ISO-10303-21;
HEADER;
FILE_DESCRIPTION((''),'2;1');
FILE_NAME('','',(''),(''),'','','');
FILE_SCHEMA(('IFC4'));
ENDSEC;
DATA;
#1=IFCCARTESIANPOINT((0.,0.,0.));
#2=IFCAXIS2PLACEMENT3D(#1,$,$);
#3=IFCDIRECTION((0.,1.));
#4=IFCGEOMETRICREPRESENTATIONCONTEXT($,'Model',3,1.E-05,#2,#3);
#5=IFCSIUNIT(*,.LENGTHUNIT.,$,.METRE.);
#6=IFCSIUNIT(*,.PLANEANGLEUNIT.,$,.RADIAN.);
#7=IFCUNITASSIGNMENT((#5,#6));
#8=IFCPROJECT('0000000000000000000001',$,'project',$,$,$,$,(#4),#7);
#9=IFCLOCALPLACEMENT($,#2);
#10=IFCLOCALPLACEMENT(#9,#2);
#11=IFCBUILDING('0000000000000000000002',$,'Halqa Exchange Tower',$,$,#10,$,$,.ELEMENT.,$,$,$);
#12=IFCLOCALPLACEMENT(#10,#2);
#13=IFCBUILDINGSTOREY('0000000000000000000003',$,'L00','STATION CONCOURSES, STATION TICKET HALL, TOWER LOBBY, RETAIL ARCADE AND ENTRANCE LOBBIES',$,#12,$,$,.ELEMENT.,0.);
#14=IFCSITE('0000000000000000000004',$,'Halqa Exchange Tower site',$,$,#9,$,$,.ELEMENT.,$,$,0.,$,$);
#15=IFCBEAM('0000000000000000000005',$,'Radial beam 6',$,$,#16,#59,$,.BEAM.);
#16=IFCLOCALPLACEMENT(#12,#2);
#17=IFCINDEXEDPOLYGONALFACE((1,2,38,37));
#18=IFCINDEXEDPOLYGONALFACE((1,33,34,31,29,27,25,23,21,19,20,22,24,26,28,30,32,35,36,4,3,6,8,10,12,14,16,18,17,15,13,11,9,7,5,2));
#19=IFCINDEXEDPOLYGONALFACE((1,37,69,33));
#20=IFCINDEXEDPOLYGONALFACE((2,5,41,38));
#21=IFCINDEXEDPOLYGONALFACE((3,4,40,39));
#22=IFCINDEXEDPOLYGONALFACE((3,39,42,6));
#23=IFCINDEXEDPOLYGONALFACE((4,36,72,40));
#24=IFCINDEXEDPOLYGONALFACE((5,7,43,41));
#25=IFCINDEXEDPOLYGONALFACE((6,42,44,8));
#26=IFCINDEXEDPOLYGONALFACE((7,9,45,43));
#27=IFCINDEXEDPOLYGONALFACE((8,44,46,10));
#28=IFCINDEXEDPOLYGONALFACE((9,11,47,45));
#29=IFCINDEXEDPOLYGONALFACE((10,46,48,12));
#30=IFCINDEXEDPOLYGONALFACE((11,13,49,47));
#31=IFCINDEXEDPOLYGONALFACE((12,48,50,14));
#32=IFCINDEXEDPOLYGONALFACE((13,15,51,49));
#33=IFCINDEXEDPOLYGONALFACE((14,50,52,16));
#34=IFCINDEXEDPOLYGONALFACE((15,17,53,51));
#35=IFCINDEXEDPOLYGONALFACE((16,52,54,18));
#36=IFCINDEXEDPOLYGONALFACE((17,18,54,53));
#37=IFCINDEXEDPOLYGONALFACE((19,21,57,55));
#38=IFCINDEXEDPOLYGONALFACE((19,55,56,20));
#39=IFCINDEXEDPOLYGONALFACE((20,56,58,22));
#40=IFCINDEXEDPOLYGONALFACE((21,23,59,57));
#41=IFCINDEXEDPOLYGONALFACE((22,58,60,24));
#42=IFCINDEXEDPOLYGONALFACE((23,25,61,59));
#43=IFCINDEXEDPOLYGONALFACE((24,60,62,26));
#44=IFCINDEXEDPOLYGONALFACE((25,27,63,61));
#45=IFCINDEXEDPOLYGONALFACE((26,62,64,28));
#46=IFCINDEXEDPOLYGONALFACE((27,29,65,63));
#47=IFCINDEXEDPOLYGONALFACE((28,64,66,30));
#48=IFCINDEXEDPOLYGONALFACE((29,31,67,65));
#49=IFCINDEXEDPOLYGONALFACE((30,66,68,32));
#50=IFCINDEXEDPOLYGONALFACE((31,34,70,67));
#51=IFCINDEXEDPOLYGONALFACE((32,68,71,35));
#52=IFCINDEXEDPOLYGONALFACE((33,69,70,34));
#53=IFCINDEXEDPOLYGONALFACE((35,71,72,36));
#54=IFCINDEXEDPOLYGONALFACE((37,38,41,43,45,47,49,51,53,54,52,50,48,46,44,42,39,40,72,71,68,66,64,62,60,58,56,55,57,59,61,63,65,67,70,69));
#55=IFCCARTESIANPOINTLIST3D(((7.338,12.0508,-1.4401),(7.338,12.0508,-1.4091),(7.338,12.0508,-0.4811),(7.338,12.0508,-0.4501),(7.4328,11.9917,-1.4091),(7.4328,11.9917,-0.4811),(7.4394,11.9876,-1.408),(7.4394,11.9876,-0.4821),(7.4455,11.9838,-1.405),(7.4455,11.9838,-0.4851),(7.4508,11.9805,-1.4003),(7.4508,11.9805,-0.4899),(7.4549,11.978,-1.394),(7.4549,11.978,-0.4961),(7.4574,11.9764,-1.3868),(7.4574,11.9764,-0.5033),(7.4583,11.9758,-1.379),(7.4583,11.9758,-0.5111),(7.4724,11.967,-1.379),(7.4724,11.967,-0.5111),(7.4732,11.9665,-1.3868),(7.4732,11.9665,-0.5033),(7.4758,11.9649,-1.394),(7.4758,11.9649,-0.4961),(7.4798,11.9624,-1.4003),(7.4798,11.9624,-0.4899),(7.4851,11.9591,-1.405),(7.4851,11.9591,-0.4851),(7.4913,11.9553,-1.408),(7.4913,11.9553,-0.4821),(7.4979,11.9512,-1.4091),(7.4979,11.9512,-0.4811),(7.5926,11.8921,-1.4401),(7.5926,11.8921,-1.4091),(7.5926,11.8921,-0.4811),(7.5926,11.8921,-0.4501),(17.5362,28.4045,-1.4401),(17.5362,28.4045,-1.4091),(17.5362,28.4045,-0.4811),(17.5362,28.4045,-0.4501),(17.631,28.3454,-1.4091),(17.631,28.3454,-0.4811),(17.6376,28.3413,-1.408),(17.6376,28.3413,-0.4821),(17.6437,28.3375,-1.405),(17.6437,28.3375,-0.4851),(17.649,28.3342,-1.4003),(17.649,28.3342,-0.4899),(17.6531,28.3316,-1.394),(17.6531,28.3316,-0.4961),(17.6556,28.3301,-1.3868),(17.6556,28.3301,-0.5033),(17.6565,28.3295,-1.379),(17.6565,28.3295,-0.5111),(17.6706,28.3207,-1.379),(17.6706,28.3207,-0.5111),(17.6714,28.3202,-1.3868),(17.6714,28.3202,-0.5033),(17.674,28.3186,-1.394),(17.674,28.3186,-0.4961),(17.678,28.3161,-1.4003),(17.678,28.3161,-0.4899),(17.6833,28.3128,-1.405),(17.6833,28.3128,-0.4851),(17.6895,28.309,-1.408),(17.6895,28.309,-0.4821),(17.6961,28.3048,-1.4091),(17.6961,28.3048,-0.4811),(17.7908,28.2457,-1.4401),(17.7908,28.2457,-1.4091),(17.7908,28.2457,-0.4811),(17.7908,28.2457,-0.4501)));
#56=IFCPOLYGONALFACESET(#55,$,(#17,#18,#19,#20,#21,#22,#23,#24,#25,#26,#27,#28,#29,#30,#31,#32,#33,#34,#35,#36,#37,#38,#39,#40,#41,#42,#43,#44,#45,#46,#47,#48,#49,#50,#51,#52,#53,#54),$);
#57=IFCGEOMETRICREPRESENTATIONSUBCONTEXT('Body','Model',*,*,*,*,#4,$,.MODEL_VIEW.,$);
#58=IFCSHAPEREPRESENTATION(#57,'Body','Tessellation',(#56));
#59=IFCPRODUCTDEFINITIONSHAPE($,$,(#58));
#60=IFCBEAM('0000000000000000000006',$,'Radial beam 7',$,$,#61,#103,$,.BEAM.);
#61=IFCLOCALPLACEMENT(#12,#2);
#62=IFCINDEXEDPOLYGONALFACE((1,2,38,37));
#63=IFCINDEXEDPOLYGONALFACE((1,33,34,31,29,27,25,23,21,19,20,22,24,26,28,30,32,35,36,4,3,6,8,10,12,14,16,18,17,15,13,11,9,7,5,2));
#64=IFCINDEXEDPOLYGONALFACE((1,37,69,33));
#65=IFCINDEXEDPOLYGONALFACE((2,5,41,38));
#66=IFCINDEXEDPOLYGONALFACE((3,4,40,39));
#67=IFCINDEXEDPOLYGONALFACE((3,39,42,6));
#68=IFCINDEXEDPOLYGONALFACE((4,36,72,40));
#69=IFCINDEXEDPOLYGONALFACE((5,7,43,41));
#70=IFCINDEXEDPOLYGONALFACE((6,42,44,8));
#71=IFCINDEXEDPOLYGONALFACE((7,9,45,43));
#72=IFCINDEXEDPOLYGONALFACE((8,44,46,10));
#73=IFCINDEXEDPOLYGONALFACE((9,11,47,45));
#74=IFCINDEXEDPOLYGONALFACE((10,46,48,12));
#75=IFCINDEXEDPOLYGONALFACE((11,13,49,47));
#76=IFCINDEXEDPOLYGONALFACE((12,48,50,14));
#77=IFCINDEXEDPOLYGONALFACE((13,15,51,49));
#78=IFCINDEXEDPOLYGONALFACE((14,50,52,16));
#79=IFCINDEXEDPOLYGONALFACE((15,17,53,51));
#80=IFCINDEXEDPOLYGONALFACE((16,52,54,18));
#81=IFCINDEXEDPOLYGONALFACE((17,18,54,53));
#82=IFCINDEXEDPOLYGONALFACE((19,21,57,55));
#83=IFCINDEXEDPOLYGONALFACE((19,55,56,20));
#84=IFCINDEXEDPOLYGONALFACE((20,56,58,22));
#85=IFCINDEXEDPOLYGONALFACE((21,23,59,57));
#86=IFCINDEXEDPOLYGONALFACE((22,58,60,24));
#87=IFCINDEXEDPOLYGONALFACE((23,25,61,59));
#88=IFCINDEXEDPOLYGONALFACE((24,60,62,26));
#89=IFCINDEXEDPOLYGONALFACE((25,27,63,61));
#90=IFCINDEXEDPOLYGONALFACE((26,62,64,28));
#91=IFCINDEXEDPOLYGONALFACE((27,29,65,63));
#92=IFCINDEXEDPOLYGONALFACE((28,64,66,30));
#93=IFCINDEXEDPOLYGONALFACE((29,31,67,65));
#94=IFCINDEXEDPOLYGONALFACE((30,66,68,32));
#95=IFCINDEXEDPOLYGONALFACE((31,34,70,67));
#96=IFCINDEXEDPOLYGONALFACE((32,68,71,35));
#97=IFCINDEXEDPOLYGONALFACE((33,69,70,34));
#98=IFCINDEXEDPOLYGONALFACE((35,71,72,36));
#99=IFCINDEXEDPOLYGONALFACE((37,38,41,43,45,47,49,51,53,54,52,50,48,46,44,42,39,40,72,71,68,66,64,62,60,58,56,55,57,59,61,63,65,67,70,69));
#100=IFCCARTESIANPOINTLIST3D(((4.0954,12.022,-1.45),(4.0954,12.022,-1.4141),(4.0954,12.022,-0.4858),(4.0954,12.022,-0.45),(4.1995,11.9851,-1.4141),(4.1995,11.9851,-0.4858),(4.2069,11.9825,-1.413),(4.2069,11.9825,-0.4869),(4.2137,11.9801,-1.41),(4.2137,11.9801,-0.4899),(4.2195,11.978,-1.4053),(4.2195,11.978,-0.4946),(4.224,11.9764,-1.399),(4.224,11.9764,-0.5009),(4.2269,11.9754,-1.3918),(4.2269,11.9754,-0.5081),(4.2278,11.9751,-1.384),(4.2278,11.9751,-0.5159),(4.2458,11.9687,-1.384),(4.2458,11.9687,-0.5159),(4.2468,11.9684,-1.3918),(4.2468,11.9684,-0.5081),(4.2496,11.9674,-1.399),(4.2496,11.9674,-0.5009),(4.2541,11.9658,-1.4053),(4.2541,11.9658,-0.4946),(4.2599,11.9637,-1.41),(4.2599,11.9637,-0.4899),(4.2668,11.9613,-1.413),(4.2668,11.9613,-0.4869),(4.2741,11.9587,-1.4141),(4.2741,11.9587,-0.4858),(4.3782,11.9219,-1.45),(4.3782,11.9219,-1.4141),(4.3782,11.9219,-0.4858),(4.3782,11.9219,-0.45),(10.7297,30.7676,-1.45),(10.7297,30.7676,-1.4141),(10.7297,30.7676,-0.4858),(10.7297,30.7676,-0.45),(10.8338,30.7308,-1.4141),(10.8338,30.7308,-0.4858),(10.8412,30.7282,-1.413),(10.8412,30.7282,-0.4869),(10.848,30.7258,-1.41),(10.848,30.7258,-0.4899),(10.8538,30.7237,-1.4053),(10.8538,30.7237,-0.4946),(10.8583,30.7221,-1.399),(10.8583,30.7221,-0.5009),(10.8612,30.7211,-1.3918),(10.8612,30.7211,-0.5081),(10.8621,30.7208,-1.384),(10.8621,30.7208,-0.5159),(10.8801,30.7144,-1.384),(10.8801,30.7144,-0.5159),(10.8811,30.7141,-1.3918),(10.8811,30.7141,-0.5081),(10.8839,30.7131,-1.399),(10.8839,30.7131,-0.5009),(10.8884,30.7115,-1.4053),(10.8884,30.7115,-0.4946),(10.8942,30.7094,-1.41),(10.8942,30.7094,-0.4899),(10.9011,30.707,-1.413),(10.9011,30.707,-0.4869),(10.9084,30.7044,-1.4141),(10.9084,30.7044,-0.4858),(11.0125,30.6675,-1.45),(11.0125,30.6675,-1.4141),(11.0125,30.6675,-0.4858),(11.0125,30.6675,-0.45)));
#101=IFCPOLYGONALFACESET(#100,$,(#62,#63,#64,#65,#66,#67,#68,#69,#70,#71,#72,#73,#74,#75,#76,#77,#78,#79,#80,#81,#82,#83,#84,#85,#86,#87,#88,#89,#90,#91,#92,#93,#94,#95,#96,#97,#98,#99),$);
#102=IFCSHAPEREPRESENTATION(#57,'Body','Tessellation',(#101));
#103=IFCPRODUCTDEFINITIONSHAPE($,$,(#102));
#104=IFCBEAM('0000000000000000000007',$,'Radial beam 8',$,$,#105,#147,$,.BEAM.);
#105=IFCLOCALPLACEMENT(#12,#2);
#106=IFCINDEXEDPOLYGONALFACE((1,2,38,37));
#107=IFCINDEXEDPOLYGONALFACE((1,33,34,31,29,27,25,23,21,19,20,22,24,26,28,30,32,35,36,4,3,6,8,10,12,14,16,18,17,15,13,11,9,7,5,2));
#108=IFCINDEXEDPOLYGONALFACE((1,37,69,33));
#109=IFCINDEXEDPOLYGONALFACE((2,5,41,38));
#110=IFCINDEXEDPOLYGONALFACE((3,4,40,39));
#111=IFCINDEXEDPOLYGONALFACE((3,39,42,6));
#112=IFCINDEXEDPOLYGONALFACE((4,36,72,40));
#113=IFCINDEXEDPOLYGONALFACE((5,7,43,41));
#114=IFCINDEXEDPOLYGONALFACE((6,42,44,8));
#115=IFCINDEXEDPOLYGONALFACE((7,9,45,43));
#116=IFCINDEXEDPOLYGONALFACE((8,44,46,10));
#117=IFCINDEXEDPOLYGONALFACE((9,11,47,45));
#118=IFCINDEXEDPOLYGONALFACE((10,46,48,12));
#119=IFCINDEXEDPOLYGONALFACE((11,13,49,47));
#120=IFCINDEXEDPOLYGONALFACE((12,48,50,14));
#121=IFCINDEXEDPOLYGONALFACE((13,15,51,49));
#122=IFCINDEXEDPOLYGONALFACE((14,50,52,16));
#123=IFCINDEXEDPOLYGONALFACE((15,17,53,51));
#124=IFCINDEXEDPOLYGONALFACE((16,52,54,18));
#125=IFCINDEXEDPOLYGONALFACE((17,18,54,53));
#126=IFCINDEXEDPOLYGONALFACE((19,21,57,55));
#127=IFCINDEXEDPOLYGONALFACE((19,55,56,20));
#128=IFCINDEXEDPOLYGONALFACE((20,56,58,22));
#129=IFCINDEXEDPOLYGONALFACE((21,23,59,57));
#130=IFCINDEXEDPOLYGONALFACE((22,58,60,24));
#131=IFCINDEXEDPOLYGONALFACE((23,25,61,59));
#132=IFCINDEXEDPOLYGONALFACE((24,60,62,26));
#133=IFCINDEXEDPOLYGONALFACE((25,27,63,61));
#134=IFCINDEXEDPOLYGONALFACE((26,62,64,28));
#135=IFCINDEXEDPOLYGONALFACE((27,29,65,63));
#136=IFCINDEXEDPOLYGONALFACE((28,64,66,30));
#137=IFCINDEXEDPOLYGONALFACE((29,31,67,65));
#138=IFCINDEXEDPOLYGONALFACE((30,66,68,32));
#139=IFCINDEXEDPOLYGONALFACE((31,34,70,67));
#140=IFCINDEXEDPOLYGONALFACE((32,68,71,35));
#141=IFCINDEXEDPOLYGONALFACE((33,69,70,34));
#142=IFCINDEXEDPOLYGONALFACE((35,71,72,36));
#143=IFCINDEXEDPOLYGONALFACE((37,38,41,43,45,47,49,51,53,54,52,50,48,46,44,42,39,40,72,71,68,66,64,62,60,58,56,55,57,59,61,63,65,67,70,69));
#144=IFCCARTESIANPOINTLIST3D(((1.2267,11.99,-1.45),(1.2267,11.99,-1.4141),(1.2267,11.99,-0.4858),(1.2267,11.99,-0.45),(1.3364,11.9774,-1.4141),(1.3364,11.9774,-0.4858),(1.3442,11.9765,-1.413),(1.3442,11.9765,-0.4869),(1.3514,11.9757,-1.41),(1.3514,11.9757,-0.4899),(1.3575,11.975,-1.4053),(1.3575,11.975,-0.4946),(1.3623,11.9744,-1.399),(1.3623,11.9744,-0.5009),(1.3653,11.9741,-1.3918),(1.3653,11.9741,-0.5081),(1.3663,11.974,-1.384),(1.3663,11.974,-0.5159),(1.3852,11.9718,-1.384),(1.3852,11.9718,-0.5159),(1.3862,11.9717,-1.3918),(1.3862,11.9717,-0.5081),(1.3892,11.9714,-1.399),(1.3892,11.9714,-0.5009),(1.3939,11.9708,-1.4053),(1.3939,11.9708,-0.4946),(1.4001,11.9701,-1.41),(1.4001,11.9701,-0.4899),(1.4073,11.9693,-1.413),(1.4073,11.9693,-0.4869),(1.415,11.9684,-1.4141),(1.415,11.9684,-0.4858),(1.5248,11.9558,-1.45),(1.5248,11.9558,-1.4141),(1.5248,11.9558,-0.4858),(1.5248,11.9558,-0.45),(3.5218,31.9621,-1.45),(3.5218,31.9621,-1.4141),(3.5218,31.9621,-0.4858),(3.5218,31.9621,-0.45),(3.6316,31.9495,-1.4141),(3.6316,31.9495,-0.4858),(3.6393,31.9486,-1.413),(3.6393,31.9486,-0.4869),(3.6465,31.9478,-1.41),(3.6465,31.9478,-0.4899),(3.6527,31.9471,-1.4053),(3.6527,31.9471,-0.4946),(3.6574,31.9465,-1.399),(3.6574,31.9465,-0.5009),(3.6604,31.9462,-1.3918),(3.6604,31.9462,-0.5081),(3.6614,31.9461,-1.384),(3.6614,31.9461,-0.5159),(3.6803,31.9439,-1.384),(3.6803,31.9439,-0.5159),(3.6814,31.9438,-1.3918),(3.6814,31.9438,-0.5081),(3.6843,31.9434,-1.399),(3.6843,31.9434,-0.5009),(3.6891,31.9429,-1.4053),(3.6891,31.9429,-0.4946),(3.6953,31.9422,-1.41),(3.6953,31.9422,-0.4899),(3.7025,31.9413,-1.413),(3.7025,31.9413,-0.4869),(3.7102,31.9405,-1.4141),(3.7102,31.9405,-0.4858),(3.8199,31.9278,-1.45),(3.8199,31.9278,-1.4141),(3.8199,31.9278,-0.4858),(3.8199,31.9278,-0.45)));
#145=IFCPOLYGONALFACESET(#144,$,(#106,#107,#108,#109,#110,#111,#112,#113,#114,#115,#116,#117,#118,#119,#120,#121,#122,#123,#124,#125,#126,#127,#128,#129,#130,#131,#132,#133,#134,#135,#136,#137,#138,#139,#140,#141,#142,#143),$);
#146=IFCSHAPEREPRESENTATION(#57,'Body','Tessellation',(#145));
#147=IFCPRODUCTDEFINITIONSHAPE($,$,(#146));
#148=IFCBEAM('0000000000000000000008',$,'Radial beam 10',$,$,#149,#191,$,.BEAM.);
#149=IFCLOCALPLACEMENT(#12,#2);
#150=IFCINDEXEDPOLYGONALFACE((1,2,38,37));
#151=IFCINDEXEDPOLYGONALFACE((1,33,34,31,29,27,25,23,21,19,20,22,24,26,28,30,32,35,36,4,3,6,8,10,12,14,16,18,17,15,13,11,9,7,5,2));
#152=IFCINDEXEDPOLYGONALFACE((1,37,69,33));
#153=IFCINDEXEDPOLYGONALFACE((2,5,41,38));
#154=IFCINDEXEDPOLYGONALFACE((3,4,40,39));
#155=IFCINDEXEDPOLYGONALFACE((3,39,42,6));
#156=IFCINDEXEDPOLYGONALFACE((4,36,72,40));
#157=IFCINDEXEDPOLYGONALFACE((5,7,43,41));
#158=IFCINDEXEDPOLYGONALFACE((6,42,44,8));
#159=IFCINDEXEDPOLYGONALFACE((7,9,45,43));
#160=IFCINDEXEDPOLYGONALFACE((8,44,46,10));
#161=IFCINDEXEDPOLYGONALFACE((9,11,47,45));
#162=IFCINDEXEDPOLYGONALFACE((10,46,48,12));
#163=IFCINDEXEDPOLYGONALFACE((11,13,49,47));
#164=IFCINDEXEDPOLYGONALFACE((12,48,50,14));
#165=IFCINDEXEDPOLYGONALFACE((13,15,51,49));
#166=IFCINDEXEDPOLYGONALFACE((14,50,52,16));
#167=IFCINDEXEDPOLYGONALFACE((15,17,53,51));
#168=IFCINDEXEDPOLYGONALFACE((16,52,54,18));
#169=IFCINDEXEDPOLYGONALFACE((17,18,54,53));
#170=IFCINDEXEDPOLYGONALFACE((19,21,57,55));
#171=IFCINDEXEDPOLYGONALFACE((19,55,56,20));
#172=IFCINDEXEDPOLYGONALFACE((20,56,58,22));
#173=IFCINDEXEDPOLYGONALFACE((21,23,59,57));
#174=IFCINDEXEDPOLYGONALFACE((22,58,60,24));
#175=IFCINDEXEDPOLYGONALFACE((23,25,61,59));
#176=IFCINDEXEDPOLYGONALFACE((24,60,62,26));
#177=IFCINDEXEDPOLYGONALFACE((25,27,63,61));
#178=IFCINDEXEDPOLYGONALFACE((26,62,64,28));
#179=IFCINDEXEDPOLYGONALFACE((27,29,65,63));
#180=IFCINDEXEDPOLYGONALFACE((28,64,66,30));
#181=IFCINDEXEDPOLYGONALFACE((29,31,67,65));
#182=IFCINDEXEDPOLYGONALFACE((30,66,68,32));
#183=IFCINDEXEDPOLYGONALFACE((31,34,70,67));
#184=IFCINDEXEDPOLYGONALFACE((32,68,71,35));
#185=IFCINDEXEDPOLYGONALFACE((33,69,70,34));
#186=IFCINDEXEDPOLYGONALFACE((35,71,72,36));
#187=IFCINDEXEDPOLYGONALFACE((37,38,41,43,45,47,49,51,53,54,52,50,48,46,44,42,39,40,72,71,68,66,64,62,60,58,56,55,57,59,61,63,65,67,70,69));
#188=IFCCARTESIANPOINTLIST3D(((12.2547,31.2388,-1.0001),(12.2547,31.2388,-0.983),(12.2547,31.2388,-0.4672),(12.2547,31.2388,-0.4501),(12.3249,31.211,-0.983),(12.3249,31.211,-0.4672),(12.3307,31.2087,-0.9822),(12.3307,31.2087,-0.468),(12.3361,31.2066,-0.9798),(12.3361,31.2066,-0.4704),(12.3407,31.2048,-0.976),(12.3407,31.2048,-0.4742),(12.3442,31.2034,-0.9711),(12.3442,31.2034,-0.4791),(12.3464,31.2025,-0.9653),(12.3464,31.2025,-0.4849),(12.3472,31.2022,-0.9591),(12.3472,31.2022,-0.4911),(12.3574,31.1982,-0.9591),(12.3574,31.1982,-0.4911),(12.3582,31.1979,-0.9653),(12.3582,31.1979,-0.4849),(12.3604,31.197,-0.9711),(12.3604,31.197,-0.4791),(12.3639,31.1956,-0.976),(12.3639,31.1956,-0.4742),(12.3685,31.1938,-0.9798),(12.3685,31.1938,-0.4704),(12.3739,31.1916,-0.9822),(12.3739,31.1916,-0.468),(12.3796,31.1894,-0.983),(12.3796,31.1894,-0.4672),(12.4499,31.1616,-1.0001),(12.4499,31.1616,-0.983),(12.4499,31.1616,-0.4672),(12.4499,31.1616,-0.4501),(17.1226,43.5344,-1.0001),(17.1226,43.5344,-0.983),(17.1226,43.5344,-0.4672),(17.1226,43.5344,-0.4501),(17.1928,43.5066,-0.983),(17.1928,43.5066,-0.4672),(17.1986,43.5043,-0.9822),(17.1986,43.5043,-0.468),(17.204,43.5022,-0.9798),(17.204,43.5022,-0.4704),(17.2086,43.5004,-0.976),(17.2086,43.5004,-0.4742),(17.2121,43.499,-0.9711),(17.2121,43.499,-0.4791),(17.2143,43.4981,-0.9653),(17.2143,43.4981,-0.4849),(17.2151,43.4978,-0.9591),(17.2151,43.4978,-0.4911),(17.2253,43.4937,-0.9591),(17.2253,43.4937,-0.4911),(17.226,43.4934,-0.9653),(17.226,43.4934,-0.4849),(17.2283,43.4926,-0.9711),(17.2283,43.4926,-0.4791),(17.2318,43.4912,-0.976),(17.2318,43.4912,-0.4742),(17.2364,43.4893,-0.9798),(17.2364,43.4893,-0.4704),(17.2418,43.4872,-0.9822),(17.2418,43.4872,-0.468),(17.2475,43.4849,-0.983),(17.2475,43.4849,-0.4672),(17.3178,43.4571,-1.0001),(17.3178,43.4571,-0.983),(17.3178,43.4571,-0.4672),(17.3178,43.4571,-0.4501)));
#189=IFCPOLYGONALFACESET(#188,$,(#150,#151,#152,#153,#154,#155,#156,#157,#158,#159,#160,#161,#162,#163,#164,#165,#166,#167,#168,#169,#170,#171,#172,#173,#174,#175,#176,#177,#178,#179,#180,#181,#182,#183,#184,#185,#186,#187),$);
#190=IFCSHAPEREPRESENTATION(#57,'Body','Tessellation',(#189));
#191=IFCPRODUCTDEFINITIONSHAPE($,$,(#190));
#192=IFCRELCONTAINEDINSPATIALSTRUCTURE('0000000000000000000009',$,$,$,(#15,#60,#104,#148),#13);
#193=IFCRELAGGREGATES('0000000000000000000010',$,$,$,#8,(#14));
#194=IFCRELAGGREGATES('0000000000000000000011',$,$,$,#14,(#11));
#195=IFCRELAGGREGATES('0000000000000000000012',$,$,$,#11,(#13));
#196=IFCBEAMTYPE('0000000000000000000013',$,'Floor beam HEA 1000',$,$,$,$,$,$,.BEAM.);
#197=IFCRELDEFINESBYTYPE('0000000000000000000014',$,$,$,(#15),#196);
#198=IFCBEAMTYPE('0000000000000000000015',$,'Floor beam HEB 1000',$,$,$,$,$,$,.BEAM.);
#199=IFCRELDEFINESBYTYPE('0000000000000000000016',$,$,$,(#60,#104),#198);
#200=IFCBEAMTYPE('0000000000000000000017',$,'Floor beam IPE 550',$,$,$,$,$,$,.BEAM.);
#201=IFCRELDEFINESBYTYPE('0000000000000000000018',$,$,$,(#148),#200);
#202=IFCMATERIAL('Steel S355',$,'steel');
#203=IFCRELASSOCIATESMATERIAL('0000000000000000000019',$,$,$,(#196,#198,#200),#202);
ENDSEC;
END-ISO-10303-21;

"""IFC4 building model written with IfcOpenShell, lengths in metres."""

from ifc_helpers import new_model, si_unit, direction, frame, origin, origin_2d, place, context, subcontext, project, spatial, i_section, extrude, material, material_profile, profile_set, type_object, element, save


model = new_model("IFC4")

# Units and contexts
model_context = context("Model", 3, precision=1e-05, world=origin(), true_north=direction((0.0, 1.0)))
body_context = subcontext(model_context, "Body", "Model", "MODEL_VIEW")
ifc_project = project(units=[si_unit("LENGTHUNIT", "METRE"), si_unit("PLANEANGLEUNIT", "RADIAN")], contexts=[model_context])

# Site, building, storey
site_placement = place(None, origin())
site = spatial("IfcSite", under=ifc_project, at=site_placement, Name="Halqa Exchange Tower site", CompositionType="ELEMENT", RefElevation=0.0)
building_placement = place(site_placement, origin())
building = spatial("IfcBuilding", under=site, at=building_placement, Name="Halqa Exchange Tower", CompositionType="ELEMENT")
storey_placement = place(building_placement, origin())
storey = spatial("IfcBuildingStorey", under=building, at=storey_placement, Name="L00", Description="STATION CONCOURSES, STATION TICKET HALL, TOWER LOBBY, RETAIL ARCADE AND ENTRANCE LOBBIES", CompositionType="ELEMENT", Elevation=0.0)

# Beams
ifc_material_1 = material(Name="Steel S355", Category="steel")
ifc_material_profile_1 = material_profile(ifc_material_1, i_section(OverallWidth=0.3, OverallDepth=0.99, WebThickness=0.0166, FlangeThickness=0.031, FilletRadius=0.03, at=origin_2d()), Name="HEA 1000")
ifc_profile_set_1 = profile_set([ifc_material_profile_1], Name="Steel S355")
beam_type_1 = type_object("IfcBeamType", Name="Floor beam HEA 1000", PredefinedType="BEAM", material=ifc_profile_set_1)
beam_1_placement = place(storey_placement, frame((7.4653, 11.9714, -0.9451), z_axis=(0.529146, 0.848531, 0.0), x_axis=(-0.848531, 0.529146, 0.0)))
element("IfcBeam", 1, at=beam_1_placement, inside=storey, type_object=beam_type_1, Name="Radial beam 6", PredefinedType="BEAM", context=body_context, shape_type="SweptSolid", body=[
    extrude(i_section(OverallWidth=0.3, OverallDepth=0.99, WebThickness=0.0166, FlangeThickness=0.031, FilletRadius=0.03, at=origin_2d()), origin(), (0.0, 0.0, 1.0), 19.2729),
])
ifc_material_profile_2 = material_profile(ifc_material_1, i_section(OverallWidth=0.3, OverallDepth=1.0, WebThickness=0.019, FlangeThickness=0.0359, FilletRadius=0.03, at=origin_2d()), Name="HEB 1000")
ifc_profile_set_2 = profile_set([ifc_material_profile_2], Name="Steel S355")
beam_type_2 = type_object("IfcBeamType", Name="Floor beam HEB 1000", PredefinedType="BEAM", material=ifc_profile_set_2)
beam_2_placement = place(storey_placement, frame((4.2368, 11.9719, -0.95), z_axis=(0.333633, 0.942703, 0.0), x_axis=(-0.942703, 0.333633, 0.0)))
element("IfcBeam", 2, at=beam_2_placement, inside=storey, type_object=beam_type_2, Name="Radial beam 7", PredefinedType="BEAM", context=body_context, shape_type="SweptSolid", body=[
    extrude(i_section(OverallWidth=0.3, OverallDepth=1.0, WebThickness=0.019, FlangeThickness=0.0359, FilletRadius=0.03, at=origin_2d()), origin(), (0.0, 0.0, 1.0), 19.885),
])
beam_3_placement = place(storey_placement, frame((1.3757, 11.9729, -0.95), z_axis=(0.114167, 0.993462, 0.0), x_axis=(-0.993462, 0.114167, 0.0)))
element("IfcBeam", 3, at=beam_3_placement, inside=storey, type_object=beam_type_2, Name="Radial beam 8", PredefinedType="BEAM", context=body_context, shape_type="SweptSolid", body=[
    extrude(i_section(OverallWidth=0.3, OverallDepth=1.0, WebThickness=0.019, FlangeThickness=0.0359, FilletRadius=0.03, at=origin_2d()), origin(), (0.0, 0.0, 1.0), 20.1035),
])
ifc_material_profile_3 = material_profile(ifc_material_1, i_section(OverallWidth=0.21, OverallDepth=0.55, WebThickness=0.011, FlangeThickness=0.0171, FilletRadius=0.0239, at=origin_2d()), Name="IPE 550")
ifc_profile_set_3 = profile_set([ifc_material_profile_3], Name="Steel S355")
beam_type_3 = type_object("IfcBeamType", Name="Floor beam IPE 550", PredefinedType="BEAM", material=ifc_profile_set_3)
beam_4_placement = place(storey_placement, frame((12.3523, 31.2002, -0.7251), z_axis=(0.368107, 0.929784, 0.0), x_axis=(-0.929784, 0.368107, 0.0)))
element("IfcBeam", 4, at=beam_4_placement, inside=storey, type_object=beam_type_3, Name="Radial beam 10", PredefinedType="BEAM", context=body_context, shape_type="SweptSolid", body=[
    extrude(i_section(OverallWidth=0.21, OverallDepth=0.55, WebThickness=0.011, FlangeThickness=0.0171, FilletRadius=0.0239, at=origin_2d()), origin(), (0.0, 0.0, 1.0), 13.2241),
])

save(model, "model.ifc")
